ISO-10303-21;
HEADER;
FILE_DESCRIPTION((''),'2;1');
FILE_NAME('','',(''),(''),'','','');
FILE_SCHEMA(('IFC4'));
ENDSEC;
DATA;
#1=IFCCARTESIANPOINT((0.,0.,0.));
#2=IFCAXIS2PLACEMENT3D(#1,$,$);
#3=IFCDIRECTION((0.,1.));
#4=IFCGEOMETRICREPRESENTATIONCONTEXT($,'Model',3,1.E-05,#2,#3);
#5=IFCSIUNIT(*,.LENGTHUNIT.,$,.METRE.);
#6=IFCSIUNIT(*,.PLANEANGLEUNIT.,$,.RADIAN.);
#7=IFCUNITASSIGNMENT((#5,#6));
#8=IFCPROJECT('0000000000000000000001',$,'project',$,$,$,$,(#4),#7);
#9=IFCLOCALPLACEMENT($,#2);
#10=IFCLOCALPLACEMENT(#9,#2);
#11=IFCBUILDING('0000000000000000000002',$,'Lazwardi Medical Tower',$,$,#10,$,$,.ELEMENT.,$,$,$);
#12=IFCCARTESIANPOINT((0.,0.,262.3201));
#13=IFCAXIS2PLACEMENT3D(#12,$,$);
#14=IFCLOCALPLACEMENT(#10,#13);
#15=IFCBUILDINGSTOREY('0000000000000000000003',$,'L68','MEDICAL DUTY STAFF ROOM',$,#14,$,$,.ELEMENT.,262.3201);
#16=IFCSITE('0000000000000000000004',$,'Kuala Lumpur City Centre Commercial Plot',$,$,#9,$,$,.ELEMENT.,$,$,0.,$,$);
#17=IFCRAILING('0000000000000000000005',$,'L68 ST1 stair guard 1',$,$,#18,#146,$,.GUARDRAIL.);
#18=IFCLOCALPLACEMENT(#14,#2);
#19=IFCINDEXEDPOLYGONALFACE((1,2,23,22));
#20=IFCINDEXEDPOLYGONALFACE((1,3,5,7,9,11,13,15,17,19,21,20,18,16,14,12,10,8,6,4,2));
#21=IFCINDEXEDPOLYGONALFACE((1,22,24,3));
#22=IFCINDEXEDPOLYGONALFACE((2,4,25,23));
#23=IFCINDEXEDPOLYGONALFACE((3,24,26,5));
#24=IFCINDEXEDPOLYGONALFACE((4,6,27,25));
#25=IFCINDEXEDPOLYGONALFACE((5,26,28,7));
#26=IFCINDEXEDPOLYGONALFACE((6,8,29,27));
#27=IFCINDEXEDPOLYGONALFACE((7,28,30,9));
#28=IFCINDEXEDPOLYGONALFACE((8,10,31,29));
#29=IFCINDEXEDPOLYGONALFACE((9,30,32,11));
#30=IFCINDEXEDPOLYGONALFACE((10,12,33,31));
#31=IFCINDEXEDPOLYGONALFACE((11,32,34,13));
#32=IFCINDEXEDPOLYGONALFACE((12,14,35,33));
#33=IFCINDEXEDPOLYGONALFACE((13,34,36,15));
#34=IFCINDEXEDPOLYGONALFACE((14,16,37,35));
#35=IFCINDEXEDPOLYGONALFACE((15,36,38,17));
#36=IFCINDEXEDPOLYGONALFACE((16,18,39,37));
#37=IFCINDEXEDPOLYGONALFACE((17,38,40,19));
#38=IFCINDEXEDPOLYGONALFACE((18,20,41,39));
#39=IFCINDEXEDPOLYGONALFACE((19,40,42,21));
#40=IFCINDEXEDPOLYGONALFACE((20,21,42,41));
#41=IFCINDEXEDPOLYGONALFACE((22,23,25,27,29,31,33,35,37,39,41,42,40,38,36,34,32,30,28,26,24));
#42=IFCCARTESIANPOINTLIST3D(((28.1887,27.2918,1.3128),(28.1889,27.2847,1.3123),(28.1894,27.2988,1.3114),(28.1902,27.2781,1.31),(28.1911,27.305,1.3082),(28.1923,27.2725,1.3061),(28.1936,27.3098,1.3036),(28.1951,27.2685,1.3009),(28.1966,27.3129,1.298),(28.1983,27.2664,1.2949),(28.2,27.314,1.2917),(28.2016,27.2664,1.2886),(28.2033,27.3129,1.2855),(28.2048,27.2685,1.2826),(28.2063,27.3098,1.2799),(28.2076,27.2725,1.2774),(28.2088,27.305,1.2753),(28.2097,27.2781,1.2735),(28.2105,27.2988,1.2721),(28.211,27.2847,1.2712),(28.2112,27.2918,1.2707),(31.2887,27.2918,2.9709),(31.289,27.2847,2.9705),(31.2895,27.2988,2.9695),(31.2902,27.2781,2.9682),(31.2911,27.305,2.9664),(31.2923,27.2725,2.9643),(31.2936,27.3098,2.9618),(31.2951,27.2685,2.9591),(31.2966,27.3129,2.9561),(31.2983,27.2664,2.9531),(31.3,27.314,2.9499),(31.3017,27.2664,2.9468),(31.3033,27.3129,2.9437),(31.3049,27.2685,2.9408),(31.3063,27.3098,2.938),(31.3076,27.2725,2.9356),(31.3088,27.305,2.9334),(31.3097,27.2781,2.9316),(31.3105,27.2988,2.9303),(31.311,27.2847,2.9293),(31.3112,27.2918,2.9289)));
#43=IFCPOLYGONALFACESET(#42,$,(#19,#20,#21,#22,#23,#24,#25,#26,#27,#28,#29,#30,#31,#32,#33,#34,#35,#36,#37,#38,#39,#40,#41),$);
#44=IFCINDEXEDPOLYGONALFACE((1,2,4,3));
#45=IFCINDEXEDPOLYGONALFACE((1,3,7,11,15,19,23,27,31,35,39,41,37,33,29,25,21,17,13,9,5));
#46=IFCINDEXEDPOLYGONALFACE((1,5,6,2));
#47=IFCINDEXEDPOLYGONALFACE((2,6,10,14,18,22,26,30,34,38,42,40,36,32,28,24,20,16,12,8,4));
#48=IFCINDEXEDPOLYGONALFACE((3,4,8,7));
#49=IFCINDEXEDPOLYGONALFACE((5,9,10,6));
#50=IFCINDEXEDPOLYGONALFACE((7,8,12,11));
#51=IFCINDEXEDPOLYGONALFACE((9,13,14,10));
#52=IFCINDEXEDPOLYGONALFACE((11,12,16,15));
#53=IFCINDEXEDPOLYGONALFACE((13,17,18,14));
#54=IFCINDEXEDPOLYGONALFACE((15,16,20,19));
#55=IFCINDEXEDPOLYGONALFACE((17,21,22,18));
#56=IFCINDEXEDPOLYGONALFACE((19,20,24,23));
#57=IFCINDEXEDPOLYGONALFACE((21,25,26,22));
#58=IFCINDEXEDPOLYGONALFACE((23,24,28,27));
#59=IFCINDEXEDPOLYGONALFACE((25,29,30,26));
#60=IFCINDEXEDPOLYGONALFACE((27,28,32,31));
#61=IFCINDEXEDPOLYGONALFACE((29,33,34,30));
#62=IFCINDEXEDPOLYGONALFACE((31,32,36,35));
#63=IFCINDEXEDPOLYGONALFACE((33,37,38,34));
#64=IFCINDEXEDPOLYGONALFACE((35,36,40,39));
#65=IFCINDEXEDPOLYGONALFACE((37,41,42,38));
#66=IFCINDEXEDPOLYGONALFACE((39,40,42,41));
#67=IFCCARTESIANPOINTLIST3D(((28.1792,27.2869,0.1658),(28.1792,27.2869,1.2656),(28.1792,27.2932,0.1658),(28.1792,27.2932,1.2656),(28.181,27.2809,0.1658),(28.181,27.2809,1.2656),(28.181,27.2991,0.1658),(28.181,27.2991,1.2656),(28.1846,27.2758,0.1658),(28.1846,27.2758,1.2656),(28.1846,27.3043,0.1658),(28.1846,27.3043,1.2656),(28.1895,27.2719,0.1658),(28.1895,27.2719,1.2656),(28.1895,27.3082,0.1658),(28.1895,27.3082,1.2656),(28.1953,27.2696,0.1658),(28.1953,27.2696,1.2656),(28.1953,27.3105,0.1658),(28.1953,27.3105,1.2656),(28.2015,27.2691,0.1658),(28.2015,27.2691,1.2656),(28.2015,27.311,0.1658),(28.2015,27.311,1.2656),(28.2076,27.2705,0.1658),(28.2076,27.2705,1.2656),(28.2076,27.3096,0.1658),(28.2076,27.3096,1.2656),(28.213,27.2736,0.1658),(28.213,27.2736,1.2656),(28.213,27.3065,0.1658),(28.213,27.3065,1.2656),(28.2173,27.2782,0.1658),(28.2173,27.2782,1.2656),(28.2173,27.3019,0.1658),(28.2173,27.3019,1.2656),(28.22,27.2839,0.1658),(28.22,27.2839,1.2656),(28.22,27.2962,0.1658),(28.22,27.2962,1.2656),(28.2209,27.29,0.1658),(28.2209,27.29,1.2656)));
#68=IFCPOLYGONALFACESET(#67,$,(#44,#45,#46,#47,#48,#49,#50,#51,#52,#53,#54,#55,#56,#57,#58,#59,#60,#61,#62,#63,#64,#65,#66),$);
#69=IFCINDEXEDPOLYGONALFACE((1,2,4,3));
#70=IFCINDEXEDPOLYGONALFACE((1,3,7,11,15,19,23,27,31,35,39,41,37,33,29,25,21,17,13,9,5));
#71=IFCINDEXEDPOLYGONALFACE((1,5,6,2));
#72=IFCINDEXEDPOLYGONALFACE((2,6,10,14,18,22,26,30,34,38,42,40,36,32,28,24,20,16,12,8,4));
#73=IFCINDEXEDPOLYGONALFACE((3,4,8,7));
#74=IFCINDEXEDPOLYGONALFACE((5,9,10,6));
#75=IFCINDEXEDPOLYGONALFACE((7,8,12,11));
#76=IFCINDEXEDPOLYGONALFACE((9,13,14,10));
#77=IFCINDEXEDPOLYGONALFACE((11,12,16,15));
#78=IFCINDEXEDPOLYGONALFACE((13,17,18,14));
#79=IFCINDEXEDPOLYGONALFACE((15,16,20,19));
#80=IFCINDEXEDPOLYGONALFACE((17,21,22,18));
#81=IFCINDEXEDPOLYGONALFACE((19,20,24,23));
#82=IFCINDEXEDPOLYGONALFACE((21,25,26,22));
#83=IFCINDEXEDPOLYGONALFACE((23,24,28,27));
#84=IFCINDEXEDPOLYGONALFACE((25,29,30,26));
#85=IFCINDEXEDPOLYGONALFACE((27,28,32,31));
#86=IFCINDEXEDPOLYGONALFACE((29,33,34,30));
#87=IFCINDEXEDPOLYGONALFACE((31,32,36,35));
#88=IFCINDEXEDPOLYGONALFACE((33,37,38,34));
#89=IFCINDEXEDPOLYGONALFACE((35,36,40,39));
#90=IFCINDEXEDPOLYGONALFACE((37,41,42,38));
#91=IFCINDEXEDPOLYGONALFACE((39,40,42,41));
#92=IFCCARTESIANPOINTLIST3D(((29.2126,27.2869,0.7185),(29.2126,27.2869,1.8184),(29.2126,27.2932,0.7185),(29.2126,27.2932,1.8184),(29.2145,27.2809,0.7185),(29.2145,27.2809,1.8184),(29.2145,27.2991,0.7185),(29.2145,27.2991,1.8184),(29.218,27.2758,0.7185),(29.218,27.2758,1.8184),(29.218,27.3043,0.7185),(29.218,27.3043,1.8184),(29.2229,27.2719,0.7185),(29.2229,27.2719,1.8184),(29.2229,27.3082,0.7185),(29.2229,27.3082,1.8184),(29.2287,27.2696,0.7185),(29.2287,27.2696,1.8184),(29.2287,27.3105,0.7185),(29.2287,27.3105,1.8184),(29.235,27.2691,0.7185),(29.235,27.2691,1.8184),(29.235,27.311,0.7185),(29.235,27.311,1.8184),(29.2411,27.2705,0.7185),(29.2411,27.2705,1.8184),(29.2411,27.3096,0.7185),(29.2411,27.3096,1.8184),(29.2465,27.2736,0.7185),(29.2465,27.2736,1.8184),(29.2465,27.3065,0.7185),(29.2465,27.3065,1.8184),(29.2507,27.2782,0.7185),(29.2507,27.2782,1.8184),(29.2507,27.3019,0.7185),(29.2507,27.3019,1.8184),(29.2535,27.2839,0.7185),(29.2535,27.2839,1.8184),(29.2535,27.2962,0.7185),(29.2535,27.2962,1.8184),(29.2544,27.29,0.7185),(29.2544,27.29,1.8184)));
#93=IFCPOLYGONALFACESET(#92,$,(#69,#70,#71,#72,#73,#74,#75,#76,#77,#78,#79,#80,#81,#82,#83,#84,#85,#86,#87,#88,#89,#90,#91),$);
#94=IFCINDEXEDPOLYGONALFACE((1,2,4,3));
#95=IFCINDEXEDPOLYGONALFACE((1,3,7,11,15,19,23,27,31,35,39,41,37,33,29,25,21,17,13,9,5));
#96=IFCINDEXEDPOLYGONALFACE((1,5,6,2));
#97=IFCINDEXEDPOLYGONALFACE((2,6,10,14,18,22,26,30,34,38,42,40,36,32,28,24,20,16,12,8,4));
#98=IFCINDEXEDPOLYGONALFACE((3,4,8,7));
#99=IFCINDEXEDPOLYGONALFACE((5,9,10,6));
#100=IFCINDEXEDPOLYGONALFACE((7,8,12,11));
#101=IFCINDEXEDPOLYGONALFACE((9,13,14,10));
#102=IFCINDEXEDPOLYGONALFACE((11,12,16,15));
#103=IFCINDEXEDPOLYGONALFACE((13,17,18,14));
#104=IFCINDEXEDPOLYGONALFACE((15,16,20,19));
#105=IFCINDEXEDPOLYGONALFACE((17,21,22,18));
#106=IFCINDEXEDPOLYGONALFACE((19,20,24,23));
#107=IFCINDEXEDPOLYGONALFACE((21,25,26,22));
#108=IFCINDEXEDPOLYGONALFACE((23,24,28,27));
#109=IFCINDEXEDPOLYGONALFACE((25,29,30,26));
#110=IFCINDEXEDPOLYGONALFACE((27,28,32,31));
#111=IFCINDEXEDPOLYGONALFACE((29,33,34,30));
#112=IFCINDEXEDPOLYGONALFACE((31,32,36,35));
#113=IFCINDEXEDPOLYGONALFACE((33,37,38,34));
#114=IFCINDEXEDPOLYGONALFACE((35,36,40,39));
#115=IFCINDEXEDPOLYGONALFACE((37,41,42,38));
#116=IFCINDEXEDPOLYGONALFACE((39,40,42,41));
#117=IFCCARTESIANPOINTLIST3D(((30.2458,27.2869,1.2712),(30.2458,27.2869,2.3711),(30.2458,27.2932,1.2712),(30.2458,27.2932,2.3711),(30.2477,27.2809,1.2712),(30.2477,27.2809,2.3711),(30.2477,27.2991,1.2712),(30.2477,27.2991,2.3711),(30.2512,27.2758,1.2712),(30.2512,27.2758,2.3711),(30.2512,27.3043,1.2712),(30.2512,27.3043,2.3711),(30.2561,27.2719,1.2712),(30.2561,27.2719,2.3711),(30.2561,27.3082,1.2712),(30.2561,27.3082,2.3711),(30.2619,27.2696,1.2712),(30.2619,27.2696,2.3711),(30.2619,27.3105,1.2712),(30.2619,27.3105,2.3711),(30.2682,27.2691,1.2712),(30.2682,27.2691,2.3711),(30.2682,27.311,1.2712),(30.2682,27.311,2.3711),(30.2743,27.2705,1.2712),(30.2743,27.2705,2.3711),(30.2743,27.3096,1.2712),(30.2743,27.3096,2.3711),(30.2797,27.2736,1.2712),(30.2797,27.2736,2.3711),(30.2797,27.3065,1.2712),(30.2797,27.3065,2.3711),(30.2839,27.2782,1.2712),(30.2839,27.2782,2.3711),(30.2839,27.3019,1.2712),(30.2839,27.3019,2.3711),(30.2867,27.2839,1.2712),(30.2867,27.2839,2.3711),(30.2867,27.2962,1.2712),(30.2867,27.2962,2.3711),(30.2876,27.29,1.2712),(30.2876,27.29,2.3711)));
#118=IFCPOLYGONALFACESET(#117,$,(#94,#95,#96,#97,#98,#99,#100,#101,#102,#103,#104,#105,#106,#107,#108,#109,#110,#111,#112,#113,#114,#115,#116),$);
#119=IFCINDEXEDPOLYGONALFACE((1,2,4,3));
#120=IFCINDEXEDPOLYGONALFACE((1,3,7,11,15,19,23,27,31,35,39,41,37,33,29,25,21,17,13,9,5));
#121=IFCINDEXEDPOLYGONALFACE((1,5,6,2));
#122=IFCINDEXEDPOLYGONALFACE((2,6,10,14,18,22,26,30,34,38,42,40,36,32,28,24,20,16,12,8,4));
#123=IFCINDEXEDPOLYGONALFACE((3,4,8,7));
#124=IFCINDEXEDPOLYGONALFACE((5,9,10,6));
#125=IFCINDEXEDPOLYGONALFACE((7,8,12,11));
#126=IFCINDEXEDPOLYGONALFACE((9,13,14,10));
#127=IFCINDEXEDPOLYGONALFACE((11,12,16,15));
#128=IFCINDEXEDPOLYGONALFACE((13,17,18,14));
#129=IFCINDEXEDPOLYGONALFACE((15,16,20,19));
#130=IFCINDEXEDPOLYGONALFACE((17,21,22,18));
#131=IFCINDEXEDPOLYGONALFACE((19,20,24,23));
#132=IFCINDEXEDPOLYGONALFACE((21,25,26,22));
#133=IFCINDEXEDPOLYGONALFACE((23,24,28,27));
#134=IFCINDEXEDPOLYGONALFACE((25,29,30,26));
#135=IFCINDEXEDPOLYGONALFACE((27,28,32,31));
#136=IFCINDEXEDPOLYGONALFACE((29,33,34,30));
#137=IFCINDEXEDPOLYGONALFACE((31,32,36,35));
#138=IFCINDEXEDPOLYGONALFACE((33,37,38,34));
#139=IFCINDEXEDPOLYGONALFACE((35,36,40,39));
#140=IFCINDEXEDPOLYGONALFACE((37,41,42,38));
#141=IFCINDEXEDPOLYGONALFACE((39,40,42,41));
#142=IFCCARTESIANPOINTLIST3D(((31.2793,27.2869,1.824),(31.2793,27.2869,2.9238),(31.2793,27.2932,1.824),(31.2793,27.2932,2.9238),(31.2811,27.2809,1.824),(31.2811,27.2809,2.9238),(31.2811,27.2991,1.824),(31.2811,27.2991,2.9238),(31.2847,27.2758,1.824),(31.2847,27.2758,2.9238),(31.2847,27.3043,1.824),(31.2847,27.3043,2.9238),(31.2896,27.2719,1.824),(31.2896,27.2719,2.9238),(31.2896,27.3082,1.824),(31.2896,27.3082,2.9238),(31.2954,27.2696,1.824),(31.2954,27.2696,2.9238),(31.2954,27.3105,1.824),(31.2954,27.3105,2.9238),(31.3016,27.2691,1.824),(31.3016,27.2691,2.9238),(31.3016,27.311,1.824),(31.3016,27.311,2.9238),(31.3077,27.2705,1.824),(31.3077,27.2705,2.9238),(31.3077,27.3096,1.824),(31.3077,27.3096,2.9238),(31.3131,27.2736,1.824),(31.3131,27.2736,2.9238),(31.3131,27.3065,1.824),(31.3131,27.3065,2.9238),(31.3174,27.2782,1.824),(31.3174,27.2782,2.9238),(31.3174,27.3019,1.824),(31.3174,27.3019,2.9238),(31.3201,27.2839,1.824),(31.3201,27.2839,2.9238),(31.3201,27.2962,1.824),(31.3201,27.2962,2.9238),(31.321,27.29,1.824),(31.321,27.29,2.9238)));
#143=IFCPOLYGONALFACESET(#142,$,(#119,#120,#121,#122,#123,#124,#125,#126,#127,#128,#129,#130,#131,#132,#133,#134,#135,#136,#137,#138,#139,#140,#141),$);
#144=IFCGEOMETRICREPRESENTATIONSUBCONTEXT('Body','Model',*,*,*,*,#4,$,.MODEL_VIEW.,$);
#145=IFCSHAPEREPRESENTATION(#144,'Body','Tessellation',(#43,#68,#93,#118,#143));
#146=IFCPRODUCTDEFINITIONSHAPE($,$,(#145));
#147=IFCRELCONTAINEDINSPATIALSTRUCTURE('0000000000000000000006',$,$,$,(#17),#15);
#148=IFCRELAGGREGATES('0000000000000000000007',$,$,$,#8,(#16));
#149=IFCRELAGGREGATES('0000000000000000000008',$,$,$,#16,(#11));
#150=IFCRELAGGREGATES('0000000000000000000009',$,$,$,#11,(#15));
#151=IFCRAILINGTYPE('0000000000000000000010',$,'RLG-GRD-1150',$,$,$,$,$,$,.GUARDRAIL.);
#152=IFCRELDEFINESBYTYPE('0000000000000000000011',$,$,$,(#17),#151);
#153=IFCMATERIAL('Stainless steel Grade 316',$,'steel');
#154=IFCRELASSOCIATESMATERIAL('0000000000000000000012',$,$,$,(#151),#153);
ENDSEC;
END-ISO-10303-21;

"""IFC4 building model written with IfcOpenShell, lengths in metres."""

from ifc_helpers import new_model, si_unit, direction, frame, origin, origin_2d, place, context, subcontext, project, spatial, circle, extrude, material, type_object, element, save


model = new_model("IFC4")

# Units and contexts
model_context = context("Model", 3, precision=1e-05, world=origin(), true_north=direction((0.0, 1.0)))
body_context = subcontext(model_context, "Body", "Model", "MODEL_VIEW")
ifc_project = project(units=[si_unit("LENGTHUNIT", "METRE"), si_unit("PLANEANGLEUNIT", "RADIAN")], contexts=[model_context])

# Site, building, storey
site_placement = place(None, origin())
site = spatial("IfcSite", under=ifc_project, at=site_placement, Name="Kuala Lumpur City Centre Commercial Plot", CompositionType="ELEMENT", RefElevation=0.0)
building_placement = place(site_placement, origin())
building = spatial("IfcBuilding", under=site, at=building_placement, Name="Lazwardi Medical Tower", CompositionType="ELEMENT")
storey_placement = place(building_placement, frame((0.0, 0.0, 262.3201)))
storey = spatial("IfcBuildingStorey", under=building, at=storey_placement, Name="L68", Description="MEDICAL DUTY STAFF ROOM", CompositionType="ELEMENT", Elevation=262.3201)

# Railing
ifc_material_1 = material(Name="Stainless steel Grade 316", Category="steel")
railing_type_1 = type_object("IfcRailingType", Name="RLG-GRD-1150", PredefinedType="GUARDRAIL", material=ifc_material_1)
railing_1_placement = place(storey_placement, frame((28.2, 27.29, 0.1658)))
element("IfcRailing", 1, at=railing_1_placement, inside=storey, type_object=railing_type_1, Name="L68 ST1 stair guard 1", PredefinedType="GUARDRAIL", context=body_context, shape_type="SweptSolid", body=[
    extrude(circle(Radius=0.0239, at=origin_2d()), frame((0.0, 0.0, 1.126), z_axis=(0.881783, 0.0, 0.471655), x_axis=(0.0, 1.0, 0.0)), (0.0, 0.0, 1.0), 3.5156),
    extrude(circle(Radius=0.021, at=origin_2d()), origin(), (0.0, 0.0, 1.0), 1.0999),
    extrude(circle(Radius=0.021, at=origin_2d()), frame((1.0334, 0.0, 0.5527)), (0.0, 0.0, 1.0), 1.0999),
    extrude(circle(Radius=0.021, at=origin_2d()), frame((2.0667, 0.0, 1.1055)), (0.0, 0.0, 1.0), 1.0999),
    extrude(circle(Radius=0.021, at=origin_2d()), frame((3.1001, 0.0, 1.6582)), (0.0, 0.0, 1.0), 1.0999),
])

save(model, "model.ifc")
